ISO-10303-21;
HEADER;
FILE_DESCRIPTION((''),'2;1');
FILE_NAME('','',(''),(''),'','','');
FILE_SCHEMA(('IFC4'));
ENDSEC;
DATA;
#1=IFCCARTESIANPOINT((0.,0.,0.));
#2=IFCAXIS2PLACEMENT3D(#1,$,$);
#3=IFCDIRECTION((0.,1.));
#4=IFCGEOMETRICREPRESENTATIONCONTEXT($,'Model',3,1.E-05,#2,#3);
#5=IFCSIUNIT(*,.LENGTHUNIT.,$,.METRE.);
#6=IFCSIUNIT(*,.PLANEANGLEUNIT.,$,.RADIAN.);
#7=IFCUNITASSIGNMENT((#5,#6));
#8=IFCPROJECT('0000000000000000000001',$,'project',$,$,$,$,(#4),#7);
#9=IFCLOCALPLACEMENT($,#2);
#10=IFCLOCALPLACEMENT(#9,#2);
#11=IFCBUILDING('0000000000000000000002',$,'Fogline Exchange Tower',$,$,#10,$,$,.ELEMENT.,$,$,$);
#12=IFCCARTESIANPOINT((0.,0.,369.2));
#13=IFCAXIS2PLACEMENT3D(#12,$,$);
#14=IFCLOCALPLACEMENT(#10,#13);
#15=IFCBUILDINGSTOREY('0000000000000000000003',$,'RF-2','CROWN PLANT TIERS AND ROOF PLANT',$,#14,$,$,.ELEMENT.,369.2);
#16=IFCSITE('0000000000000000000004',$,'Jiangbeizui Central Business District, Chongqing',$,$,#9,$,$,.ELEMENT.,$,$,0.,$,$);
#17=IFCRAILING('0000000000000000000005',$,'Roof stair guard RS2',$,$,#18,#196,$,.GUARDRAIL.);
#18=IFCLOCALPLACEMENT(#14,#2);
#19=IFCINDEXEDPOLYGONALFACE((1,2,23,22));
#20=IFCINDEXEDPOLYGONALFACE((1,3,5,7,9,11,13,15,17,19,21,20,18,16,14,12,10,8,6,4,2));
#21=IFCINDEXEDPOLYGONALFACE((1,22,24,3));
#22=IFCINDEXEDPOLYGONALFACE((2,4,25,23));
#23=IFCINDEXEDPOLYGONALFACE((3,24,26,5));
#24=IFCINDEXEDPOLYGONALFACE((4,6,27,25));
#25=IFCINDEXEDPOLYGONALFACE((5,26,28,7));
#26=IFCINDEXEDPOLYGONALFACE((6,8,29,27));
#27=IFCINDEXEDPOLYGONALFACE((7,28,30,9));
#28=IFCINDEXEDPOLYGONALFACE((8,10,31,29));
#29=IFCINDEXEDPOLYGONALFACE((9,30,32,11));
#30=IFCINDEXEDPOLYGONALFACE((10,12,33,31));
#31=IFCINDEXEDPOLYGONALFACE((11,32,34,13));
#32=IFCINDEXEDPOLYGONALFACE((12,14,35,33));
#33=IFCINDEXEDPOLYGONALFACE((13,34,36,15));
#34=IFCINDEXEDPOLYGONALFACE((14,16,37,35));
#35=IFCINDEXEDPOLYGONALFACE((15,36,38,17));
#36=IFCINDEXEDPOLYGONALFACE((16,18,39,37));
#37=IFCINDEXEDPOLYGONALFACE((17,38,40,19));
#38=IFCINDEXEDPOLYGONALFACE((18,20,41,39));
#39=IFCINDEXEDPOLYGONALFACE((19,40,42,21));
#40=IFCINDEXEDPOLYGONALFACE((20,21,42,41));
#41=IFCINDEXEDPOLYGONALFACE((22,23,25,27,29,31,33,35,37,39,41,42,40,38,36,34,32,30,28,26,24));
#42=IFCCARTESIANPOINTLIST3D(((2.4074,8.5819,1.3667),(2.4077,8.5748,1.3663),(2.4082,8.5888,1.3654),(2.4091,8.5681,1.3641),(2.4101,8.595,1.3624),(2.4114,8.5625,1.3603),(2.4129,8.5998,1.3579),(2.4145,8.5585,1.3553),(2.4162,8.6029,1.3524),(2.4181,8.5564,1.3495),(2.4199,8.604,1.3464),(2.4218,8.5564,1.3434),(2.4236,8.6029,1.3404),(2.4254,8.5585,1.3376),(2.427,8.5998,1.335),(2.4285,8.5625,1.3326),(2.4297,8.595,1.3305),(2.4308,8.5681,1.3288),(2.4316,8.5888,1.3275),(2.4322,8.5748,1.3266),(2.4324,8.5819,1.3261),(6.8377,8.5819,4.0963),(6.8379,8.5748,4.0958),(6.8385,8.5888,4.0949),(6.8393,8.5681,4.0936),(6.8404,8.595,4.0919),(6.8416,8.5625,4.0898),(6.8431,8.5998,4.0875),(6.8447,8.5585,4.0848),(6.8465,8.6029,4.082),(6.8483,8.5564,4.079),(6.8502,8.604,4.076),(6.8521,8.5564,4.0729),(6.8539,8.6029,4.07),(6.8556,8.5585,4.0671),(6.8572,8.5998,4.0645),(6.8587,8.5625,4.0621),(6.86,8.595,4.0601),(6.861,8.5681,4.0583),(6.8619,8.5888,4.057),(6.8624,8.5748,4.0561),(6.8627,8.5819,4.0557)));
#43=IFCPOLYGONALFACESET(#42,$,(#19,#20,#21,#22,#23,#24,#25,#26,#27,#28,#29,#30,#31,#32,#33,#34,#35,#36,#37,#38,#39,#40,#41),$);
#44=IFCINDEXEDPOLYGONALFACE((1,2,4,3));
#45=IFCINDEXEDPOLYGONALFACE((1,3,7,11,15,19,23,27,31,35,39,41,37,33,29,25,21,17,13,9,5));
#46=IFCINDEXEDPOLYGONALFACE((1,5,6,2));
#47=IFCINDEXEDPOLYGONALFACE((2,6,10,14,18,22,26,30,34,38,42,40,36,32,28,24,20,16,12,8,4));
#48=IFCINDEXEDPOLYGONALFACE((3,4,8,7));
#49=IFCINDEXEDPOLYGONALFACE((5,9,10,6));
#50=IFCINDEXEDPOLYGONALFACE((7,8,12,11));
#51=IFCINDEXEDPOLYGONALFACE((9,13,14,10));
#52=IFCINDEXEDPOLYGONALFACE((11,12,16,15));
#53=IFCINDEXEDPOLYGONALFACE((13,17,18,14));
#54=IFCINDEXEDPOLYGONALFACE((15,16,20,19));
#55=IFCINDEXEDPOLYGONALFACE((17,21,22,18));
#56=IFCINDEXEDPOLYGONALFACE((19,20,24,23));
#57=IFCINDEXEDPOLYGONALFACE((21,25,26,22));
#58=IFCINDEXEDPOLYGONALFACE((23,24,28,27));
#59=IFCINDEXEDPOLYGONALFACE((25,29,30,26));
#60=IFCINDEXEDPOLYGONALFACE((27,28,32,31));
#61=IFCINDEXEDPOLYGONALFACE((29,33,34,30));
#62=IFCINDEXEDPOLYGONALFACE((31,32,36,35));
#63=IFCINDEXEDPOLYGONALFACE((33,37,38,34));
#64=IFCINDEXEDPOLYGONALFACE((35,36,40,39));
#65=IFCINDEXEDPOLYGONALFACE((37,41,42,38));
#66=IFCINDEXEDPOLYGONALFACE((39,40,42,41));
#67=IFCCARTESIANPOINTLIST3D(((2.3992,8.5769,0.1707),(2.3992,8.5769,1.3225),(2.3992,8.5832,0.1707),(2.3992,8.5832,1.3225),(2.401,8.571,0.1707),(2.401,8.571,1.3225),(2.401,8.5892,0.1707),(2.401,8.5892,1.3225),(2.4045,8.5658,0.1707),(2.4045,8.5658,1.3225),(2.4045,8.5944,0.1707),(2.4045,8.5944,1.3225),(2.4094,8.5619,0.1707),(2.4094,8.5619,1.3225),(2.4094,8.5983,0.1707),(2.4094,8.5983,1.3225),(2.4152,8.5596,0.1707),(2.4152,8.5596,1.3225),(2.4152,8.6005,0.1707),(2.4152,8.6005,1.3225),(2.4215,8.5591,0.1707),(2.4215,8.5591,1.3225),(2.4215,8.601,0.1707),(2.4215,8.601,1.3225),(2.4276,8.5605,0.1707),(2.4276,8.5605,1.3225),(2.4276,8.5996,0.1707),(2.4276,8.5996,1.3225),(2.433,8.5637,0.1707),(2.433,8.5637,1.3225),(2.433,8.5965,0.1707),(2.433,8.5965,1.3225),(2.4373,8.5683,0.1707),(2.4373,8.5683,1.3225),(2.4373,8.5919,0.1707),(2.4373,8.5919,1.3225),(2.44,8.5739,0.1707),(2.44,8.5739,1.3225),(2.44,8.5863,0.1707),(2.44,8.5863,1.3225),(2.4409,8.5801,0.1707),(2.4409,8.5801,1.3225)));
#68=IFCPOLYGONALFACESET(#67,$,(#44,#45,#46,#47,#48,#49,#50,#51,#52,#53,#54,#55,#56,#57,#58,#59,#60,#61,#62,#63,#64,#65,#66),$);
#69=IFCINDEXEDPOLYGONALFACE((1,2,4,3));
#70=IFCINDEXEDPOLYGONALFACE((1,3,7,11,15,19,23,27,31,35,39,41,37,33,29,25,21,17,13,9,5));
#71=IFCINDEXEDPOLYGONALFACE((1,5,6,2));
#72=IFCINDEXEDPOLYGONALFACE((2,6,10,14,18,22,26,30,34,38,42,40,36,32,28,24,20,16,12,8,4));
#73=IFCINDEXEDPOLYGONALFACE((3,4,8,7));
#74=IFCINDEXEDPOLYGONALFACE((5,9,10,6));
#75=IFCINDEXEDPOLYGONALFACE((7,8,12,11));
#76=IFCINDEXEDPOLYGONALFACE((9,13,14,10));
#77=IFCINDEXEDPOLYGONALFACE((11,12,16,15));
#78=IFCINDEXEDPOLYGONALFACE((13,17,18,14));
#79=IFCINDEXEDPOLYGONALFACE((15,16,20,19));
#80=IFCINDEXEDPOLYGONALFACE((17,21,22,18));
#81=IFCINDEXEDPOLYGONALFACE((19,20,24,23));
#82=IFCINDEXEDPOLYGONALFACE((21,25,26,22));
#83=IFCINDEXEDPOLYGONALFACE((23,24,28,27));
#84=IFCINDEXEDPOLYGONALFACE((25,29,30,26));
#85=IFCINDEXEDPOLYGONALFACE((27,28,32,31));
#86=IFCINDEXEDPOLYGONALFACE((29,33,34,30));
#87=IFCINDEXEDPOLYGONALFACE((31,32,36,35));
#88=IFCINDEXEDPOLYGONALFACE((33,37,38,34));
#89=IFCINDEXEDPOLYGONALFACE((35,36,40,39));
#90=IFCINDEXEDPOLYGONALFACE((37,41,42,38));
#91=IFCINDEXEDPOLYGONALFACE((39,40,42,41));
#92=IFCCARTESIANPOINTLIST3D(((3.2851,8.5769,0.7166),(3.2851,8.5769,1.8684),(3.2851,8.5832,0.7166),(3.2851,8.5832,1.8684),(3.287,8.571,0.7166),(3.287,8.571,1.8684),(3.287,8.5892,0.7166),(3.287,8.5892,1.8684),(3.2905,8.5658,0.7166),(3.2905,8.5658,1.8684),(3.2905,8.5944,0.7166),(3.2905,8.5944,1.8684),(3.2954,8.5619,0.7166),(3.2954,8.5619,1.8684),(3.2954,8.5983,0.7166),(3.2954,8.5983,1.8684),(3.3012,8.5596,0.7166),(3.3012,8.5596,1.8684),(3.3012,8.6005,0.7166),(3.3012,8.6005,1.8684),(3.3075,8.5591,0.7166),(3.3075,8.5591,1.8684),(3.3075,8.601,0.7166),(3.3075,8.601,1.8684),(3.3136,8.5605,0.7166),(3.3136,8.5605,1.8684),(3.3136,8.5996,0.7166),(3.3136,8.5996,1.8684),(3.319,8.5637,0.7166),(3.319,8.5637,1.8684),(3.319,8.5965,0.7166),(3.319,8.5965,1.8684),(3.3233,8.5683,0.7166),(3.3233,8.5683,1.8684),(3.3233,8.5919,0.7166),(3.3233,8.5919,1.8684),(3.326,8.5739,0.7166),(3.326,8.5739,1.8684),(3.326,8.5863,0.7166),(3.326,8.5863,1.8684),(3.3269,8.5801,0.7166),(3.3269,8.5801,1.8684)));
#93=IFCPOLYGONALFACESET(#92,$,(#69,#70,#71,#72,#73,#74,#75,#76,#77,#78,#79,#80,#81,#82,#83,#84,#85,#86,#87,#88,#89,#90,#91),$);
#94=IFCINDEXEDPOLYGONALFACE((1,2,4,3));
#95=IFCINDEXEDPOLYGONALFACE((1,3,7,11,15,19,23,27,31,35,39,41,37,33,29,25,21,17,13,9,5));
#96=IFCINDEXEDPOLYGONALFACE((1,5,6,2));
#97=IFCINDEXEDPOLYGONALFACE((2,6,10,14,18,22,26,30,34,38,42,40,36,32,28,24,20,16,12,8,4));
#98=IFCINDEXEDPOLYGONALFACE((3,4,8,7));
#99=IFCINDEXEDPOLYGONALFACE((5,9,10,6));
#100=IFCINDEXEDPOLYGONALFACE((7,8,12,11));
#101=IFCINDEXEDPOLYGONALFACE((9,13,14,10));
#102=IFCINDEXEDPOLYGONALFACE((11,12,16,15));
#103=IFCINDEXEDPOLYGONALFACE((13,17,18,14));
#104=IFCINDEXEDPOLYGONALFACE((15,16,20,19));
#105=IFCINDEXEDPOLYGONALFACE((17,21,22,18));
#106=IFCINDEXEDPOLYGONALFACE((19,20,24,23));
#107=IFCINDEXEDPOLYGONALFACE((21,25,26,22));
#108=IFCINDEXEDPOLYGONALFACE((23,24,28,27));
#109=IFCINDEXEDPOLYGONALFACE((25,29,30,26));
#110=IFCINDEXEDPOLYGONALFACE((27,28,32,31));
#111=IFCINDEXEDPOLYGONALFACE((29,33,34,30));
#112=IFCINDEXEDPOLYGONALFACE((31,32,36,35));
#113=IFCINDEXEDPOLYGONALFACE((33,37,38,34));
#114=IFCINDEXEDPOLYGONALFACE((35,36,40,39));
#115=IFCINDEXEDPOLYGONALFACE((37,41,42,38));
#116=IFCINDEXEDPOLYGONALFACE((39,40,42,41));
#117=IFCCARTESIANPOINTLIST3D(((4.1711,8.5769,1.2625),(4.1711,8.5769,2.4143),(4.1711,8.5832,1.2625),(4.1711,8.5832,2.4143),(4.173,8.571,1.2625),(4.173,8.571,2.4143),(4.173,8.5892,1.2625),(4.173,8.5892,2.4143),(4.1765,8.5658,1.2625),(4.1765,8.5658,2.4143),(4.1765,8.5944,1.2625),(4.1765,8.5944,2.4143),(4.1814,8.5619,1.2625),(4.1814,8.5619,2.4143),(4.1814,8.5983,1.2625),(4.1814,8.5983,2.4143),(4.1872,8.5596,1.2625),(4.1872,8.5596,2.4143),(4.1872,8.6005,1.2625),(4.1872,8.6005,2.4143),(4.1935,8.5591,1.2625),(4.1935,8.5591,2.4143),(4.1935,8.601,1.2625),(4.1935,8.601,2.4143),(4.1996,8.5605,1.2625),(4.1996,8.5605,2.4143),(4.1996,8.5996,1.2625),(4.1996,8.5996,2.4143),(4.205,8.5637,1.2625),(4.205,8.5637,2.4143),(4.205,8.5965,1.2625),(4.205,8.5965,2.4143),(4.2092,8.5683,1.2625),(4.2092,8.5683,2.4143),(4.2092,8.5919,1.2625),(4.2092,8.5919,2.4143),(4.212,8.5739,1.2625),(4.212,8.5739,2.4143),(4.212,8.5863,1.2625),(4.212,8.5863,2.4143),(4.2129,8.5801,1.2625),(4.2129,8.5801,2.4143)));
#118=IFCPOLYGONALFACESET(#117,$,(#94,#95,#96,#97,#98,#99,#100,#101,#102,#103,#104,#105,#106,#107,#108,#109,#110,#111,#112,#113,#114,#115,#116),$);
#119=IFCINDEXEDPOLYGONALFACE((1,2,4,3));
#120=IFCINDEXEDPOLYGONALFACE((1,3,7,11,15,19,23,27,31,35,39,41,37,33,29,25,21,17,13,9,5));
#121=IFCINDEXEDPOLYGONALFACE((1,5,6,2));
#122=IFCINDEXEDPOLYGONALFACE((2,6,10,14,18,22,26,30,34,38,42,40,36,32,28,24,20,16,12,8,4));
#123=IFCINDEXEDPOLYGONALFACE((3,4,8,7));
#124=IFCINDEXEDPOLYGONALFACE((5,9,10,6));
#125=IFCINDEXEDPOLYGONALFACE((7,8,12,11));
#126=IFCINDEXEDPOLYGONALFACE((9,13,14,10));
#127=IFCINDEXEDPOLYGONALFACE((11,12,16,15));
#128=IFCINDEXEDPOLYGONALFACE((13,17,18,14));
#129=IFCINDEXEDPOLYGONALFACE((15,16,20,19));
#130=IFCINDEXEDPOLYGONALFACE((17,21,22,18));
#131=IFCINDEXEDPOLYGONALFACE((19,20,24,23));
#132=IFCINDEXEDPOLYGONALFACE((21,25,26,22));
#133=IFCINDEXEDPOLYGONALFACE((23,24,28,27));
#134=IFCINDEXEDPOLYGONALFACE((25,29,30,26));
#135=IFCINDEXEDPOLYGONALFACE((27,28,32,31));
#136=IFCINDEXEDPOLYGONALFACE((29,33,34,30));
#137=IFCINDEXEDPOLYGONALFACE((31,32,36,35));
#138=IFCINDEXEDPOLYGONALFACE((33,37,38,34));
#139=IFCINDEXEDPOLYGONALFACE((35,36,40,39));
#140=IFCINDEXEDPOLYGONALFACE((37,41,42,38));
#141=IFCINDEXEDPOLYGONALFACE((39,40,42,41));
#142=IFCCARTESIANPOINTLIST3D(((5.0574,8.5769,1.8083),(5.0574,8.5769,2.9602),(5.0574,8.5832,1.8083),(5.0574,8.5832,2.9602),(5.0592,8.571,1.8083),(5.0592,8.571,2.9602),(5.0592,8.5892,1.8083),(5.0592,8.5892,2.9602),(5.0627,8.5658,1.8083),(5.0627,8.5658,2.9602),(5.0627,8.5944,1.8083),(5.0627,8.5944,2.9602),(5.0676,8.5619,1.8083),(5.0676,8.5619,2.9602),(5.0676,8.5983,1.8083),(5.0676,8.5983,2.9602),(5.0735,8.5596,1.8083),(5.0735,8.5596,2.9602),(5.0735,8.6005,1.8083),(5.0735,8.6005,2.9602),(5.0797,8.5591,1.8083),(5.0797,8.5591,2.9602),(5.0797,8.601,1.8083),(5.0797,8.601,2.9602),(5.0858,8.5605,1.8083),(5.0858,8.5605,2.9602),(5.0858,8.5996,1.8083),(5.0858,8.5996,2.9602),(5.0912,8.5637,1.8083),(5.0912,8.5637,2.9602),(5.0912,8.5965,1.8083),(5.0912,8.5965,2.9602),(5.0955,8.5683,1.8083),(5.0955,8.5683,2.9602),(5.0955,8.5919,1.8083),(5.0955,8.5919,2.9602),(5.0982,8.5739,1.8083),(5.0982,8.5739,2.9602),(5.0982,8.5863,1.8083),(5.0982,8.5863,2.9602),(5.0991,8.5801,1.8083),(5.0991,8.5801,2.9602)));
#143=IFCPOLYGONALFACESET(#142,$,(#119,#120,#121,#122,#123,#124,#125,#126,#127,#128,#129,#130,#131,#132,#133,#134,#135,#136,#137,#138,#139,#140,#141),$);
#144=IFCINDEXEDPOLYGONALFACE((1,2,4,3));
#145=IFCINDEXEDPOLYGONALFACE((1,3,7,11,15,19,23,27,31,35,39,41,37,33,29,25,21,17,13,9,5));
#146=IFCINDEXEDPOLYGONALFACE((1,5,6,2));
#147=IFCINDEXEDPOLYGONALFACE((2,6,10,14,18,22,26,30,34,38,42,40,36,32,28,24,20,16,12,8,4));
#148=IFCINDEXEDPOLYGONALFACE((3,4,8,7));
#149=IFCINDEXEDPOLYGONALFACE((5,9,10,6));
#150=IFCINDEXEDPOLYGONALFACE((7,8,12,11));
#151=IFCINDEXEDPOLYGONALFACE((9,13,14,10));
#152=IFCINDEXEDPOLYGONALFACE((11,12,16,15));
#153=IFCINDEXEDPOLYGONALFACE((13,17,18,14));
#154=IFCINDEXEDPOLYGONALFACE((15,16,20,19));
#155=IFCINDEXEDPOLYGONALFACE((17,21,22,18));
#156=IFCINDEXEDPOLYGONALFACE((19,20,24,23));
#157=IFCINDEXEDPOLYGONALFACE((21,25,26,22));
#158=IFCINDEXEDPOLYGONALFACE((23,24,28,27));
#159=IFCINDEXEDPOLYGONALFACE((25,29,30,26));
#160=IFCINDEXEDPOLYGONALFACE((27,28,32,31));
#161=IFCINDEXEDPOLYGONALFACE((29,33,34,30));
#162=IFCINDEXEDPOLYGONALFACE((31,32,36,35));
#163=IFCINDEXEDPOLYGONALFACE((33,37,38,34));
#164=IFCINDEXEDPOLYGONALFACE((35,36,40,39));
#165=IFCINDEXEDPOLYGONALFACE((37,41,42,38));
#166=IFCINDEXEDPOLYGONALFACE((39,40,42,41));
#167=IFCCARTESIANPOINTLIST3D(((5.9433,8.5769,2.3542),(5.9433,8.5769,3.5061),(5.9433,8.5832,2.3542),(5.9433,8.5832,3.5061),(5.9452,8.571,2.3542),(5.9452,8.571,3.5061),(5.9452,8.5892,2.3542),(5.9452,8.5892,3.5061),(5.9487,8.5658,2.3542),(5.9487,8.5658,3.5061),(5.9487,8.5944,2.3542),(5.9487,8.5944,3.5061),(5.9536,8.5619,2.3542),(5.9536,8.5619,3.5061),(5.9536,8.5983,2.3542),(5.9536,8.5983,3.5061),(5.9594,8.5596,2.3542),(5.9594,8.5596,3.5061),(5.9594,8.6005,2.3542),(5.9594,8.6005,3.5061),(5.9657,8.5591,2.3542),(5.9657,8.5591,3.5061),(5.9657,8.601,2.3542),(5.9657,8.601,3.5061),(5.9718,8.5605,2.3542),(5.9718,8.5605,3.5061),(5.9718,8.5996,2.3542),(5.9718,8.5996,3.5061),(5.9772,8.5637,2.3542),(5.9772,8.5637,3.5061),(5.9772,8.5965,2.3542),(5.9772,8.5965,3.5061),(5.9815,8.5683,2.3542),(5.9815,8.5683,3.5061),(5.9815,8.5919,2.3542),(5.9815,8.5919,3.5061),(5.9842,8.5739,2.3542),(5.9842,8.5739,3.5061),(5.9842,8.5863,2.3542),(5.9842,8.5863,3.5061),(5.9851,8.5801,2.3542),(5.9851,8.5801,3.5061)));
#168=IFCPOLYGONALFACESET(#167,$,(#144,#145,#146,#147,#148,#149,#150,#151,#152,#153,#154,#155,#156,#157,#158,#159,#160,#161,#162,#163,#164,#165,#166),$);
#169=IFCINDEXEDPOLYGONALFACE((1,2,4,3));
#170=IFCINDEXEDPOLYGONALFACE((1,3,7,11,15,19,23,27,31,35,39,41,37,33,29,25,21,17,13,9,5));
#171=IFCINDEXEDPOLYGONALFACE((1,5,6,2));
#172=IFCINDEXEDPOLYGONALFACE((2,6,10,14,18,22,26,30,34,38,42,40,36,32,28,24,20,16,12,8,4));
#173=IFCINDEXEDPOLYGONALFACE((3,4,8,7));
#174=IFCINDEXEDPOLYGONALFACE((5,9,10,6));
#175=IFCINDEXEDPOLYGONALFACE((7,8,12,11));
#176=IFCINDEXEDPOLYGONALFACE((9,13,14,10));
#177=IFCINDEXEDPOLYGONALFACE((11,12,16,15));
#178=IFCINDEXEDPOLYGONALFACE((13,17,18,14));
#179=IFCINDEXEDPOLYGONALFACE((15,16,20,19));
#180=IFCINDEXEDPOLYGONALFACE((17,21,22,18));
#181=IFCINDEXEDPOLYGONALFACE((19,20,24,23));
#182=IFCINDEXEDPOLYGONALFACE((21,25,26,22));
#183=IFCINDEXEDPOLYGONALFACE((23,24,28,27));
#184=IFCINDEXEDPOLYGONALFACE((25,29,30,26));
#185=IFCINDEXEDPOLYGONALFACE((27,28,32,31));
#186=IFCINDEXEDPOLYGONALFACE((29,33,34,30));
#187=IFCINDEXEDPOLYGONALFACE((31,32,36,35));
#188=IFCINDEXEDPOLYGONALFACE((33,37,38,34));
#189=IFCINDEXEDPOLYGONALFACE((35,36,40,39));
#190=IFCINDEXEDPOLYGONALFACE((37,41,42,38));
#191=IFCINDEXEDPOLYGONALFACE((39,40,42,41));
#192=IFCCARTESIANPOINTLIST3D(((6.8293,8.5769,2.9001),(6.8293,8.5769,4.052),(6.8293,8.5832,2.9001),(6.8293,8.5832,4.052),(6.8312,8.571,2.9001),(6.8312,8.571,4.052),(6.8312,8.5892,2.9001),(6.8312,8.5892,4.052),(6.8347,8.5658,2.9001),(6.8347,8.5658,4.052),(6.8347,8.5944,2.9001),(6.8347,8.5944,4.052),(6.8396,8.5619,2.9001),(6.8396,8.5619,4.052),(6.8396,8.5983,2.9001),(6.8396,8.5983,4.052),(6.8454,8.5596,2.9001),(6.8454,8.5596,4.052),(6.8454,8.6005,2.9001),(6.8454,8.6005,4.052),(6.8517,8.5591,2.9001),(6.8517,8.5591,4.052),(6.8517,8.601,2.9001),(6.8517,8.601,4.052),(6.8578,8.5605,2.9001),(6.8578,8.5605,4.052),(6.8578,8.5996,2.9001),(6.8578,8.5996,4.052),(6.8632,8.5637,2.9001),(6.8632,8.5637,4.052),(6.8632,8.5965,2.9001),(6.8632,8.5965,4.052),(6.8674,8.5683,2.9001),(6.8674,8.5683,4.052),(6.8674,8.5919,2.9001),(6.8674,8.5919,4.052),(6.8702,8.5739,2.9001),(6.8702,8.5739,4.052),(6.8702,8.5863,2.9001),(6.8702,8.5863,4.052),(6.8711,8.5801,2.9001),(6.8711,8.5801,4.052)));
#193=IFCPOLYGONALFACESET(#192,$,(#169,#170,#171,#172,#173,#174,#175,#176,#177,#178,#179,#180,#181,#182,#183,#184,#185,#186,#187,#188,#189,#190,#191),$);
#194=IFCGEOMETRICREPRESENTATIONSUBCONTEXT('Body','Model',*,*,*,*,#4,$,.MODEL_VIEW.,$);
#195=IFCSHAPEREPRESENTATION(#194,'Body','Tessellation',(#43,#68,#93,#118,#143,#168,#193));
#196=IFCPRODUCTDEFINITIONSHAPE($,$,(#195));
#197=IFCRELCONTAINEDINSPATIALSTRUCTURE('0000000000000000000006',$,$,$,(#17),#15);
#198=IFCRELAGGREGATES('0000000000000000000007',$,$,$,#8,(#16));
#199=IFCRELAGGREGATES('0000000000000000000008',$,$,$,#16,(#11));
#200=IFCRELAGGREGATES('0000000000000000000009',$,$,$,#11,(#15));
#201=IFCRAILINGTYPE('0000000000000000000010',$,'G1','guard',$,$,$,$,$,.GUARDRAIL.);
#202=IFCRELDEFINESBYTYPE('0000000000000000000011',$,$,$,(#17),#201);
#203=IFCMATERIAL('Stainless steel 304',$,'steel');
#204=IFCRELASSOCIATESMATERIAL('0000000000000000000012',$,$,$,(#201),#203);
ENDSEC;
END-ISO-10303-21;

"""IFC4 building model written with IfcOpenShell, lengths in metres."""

from ifc_helpers import new_model, si_unit, direction, frame, origin, origin_2d, place, context, subcontext, project, spatial, circle, extrude, material, type_object, element, save


model = new_model("IFC4")

# Units and contexts
model_context = context("Model", 3, precision=1e-05, world=origin(), true_north=direction((0.0, 1.0)))
body_context = subcontext(model_context, "Body", "Model", "MODEL_VIEW")
ifc_project = project(units=[si_unit("LENGTHUNIT", "METRE"), si_unit("PLANEANGLEUNIT", "RADIAN")], contexts=[model_context])

# Site, building, storey
site_placement = place(None, origin())
site = spatial("IfcSite", under=ifc_project, at=site_placement, Name="Jiangbeizui Central Business District, Chongqing", CompositionType="ELEMENT", RefElevation=0.0)
building_placement = place(site_placement, origin())
building = spatial("IfcBuilding", under=site, at=building_placement, Name="Fogline Exchange Tower", CompositionType="ELEMENT")
storey_placement = place(building_placement, frame((0.0, 0.0, 369.2)))
storey = spatial("IfcBuildingStorey", under=building, at=storey_placement, Name="RF-2", Description="CROWN PLANT TIERS AND ROOF PLANT", CompositionType="ELEMENT", Elevation=369.2)

# Railing
ifc_material_1 = material(Name="Stainless steel 304", Category="steel")
railing_type_1 = type_object("IfcRailingType", Name="G1", Description="guard", PredefinedType="GUARDRAIL", material=ifc_material_1)
railing_1_placement = place(storey_placement, frame((2.4199, 8.5801, 0.1707)))
element("IfcRailing", 1, at=railing_1_placement, inside=storey, type_object=railing_type_1, Name="Roof stair guard RS2", PredefinedType="GUARDRAIL", context=body_context, shape_type="SweptSolid", body=[
    extrude(circle(Radius=0.0239, at=origin_2d()), frame((0.0, 0.0, 1.1758), z_axis=(0.851381, 0.0, 0.524548), x_axis=(0.0, 1.0, 0.0)), (0.0, 0.0, 1.0), 5.2036),
    extrude(circle(Radius=0.021, at=origin_2d()), origin(), (0.0, 0.0, 1.0), 1.1519),
    extrude(circle(Radius=0.021, at=origin_2d()), frame((0.886, 0.0, 0.5459)), (0.0, 0.0, 1.0), 1.1519),
    extrude(circle(Radius=0.021, at=origin_2d()), frame((1.772, 0.0, 1.0918)), (0.0, 0.0, 1.0), 1.1519),
    extrude(circle(Radius=0.021, at=origin_2d()), frame((2.6582, 0.0, 1.6377)), (0.0, 0.0, 1.0), 1.1519),
    extrude(circle(Radius=0.021, at=origin_2d()), frame((3.5442, 0.0, 2.1836)), (0.0, 0.0, 1.0), 1.1519),
    extrude(circle(Radius=0.021, at=origin_2d()), frame((4.4302, 0.0, 2.7295)), (0.0, 0.0, 1.0), 1.1519),
])

save(model, "model.ifc")
